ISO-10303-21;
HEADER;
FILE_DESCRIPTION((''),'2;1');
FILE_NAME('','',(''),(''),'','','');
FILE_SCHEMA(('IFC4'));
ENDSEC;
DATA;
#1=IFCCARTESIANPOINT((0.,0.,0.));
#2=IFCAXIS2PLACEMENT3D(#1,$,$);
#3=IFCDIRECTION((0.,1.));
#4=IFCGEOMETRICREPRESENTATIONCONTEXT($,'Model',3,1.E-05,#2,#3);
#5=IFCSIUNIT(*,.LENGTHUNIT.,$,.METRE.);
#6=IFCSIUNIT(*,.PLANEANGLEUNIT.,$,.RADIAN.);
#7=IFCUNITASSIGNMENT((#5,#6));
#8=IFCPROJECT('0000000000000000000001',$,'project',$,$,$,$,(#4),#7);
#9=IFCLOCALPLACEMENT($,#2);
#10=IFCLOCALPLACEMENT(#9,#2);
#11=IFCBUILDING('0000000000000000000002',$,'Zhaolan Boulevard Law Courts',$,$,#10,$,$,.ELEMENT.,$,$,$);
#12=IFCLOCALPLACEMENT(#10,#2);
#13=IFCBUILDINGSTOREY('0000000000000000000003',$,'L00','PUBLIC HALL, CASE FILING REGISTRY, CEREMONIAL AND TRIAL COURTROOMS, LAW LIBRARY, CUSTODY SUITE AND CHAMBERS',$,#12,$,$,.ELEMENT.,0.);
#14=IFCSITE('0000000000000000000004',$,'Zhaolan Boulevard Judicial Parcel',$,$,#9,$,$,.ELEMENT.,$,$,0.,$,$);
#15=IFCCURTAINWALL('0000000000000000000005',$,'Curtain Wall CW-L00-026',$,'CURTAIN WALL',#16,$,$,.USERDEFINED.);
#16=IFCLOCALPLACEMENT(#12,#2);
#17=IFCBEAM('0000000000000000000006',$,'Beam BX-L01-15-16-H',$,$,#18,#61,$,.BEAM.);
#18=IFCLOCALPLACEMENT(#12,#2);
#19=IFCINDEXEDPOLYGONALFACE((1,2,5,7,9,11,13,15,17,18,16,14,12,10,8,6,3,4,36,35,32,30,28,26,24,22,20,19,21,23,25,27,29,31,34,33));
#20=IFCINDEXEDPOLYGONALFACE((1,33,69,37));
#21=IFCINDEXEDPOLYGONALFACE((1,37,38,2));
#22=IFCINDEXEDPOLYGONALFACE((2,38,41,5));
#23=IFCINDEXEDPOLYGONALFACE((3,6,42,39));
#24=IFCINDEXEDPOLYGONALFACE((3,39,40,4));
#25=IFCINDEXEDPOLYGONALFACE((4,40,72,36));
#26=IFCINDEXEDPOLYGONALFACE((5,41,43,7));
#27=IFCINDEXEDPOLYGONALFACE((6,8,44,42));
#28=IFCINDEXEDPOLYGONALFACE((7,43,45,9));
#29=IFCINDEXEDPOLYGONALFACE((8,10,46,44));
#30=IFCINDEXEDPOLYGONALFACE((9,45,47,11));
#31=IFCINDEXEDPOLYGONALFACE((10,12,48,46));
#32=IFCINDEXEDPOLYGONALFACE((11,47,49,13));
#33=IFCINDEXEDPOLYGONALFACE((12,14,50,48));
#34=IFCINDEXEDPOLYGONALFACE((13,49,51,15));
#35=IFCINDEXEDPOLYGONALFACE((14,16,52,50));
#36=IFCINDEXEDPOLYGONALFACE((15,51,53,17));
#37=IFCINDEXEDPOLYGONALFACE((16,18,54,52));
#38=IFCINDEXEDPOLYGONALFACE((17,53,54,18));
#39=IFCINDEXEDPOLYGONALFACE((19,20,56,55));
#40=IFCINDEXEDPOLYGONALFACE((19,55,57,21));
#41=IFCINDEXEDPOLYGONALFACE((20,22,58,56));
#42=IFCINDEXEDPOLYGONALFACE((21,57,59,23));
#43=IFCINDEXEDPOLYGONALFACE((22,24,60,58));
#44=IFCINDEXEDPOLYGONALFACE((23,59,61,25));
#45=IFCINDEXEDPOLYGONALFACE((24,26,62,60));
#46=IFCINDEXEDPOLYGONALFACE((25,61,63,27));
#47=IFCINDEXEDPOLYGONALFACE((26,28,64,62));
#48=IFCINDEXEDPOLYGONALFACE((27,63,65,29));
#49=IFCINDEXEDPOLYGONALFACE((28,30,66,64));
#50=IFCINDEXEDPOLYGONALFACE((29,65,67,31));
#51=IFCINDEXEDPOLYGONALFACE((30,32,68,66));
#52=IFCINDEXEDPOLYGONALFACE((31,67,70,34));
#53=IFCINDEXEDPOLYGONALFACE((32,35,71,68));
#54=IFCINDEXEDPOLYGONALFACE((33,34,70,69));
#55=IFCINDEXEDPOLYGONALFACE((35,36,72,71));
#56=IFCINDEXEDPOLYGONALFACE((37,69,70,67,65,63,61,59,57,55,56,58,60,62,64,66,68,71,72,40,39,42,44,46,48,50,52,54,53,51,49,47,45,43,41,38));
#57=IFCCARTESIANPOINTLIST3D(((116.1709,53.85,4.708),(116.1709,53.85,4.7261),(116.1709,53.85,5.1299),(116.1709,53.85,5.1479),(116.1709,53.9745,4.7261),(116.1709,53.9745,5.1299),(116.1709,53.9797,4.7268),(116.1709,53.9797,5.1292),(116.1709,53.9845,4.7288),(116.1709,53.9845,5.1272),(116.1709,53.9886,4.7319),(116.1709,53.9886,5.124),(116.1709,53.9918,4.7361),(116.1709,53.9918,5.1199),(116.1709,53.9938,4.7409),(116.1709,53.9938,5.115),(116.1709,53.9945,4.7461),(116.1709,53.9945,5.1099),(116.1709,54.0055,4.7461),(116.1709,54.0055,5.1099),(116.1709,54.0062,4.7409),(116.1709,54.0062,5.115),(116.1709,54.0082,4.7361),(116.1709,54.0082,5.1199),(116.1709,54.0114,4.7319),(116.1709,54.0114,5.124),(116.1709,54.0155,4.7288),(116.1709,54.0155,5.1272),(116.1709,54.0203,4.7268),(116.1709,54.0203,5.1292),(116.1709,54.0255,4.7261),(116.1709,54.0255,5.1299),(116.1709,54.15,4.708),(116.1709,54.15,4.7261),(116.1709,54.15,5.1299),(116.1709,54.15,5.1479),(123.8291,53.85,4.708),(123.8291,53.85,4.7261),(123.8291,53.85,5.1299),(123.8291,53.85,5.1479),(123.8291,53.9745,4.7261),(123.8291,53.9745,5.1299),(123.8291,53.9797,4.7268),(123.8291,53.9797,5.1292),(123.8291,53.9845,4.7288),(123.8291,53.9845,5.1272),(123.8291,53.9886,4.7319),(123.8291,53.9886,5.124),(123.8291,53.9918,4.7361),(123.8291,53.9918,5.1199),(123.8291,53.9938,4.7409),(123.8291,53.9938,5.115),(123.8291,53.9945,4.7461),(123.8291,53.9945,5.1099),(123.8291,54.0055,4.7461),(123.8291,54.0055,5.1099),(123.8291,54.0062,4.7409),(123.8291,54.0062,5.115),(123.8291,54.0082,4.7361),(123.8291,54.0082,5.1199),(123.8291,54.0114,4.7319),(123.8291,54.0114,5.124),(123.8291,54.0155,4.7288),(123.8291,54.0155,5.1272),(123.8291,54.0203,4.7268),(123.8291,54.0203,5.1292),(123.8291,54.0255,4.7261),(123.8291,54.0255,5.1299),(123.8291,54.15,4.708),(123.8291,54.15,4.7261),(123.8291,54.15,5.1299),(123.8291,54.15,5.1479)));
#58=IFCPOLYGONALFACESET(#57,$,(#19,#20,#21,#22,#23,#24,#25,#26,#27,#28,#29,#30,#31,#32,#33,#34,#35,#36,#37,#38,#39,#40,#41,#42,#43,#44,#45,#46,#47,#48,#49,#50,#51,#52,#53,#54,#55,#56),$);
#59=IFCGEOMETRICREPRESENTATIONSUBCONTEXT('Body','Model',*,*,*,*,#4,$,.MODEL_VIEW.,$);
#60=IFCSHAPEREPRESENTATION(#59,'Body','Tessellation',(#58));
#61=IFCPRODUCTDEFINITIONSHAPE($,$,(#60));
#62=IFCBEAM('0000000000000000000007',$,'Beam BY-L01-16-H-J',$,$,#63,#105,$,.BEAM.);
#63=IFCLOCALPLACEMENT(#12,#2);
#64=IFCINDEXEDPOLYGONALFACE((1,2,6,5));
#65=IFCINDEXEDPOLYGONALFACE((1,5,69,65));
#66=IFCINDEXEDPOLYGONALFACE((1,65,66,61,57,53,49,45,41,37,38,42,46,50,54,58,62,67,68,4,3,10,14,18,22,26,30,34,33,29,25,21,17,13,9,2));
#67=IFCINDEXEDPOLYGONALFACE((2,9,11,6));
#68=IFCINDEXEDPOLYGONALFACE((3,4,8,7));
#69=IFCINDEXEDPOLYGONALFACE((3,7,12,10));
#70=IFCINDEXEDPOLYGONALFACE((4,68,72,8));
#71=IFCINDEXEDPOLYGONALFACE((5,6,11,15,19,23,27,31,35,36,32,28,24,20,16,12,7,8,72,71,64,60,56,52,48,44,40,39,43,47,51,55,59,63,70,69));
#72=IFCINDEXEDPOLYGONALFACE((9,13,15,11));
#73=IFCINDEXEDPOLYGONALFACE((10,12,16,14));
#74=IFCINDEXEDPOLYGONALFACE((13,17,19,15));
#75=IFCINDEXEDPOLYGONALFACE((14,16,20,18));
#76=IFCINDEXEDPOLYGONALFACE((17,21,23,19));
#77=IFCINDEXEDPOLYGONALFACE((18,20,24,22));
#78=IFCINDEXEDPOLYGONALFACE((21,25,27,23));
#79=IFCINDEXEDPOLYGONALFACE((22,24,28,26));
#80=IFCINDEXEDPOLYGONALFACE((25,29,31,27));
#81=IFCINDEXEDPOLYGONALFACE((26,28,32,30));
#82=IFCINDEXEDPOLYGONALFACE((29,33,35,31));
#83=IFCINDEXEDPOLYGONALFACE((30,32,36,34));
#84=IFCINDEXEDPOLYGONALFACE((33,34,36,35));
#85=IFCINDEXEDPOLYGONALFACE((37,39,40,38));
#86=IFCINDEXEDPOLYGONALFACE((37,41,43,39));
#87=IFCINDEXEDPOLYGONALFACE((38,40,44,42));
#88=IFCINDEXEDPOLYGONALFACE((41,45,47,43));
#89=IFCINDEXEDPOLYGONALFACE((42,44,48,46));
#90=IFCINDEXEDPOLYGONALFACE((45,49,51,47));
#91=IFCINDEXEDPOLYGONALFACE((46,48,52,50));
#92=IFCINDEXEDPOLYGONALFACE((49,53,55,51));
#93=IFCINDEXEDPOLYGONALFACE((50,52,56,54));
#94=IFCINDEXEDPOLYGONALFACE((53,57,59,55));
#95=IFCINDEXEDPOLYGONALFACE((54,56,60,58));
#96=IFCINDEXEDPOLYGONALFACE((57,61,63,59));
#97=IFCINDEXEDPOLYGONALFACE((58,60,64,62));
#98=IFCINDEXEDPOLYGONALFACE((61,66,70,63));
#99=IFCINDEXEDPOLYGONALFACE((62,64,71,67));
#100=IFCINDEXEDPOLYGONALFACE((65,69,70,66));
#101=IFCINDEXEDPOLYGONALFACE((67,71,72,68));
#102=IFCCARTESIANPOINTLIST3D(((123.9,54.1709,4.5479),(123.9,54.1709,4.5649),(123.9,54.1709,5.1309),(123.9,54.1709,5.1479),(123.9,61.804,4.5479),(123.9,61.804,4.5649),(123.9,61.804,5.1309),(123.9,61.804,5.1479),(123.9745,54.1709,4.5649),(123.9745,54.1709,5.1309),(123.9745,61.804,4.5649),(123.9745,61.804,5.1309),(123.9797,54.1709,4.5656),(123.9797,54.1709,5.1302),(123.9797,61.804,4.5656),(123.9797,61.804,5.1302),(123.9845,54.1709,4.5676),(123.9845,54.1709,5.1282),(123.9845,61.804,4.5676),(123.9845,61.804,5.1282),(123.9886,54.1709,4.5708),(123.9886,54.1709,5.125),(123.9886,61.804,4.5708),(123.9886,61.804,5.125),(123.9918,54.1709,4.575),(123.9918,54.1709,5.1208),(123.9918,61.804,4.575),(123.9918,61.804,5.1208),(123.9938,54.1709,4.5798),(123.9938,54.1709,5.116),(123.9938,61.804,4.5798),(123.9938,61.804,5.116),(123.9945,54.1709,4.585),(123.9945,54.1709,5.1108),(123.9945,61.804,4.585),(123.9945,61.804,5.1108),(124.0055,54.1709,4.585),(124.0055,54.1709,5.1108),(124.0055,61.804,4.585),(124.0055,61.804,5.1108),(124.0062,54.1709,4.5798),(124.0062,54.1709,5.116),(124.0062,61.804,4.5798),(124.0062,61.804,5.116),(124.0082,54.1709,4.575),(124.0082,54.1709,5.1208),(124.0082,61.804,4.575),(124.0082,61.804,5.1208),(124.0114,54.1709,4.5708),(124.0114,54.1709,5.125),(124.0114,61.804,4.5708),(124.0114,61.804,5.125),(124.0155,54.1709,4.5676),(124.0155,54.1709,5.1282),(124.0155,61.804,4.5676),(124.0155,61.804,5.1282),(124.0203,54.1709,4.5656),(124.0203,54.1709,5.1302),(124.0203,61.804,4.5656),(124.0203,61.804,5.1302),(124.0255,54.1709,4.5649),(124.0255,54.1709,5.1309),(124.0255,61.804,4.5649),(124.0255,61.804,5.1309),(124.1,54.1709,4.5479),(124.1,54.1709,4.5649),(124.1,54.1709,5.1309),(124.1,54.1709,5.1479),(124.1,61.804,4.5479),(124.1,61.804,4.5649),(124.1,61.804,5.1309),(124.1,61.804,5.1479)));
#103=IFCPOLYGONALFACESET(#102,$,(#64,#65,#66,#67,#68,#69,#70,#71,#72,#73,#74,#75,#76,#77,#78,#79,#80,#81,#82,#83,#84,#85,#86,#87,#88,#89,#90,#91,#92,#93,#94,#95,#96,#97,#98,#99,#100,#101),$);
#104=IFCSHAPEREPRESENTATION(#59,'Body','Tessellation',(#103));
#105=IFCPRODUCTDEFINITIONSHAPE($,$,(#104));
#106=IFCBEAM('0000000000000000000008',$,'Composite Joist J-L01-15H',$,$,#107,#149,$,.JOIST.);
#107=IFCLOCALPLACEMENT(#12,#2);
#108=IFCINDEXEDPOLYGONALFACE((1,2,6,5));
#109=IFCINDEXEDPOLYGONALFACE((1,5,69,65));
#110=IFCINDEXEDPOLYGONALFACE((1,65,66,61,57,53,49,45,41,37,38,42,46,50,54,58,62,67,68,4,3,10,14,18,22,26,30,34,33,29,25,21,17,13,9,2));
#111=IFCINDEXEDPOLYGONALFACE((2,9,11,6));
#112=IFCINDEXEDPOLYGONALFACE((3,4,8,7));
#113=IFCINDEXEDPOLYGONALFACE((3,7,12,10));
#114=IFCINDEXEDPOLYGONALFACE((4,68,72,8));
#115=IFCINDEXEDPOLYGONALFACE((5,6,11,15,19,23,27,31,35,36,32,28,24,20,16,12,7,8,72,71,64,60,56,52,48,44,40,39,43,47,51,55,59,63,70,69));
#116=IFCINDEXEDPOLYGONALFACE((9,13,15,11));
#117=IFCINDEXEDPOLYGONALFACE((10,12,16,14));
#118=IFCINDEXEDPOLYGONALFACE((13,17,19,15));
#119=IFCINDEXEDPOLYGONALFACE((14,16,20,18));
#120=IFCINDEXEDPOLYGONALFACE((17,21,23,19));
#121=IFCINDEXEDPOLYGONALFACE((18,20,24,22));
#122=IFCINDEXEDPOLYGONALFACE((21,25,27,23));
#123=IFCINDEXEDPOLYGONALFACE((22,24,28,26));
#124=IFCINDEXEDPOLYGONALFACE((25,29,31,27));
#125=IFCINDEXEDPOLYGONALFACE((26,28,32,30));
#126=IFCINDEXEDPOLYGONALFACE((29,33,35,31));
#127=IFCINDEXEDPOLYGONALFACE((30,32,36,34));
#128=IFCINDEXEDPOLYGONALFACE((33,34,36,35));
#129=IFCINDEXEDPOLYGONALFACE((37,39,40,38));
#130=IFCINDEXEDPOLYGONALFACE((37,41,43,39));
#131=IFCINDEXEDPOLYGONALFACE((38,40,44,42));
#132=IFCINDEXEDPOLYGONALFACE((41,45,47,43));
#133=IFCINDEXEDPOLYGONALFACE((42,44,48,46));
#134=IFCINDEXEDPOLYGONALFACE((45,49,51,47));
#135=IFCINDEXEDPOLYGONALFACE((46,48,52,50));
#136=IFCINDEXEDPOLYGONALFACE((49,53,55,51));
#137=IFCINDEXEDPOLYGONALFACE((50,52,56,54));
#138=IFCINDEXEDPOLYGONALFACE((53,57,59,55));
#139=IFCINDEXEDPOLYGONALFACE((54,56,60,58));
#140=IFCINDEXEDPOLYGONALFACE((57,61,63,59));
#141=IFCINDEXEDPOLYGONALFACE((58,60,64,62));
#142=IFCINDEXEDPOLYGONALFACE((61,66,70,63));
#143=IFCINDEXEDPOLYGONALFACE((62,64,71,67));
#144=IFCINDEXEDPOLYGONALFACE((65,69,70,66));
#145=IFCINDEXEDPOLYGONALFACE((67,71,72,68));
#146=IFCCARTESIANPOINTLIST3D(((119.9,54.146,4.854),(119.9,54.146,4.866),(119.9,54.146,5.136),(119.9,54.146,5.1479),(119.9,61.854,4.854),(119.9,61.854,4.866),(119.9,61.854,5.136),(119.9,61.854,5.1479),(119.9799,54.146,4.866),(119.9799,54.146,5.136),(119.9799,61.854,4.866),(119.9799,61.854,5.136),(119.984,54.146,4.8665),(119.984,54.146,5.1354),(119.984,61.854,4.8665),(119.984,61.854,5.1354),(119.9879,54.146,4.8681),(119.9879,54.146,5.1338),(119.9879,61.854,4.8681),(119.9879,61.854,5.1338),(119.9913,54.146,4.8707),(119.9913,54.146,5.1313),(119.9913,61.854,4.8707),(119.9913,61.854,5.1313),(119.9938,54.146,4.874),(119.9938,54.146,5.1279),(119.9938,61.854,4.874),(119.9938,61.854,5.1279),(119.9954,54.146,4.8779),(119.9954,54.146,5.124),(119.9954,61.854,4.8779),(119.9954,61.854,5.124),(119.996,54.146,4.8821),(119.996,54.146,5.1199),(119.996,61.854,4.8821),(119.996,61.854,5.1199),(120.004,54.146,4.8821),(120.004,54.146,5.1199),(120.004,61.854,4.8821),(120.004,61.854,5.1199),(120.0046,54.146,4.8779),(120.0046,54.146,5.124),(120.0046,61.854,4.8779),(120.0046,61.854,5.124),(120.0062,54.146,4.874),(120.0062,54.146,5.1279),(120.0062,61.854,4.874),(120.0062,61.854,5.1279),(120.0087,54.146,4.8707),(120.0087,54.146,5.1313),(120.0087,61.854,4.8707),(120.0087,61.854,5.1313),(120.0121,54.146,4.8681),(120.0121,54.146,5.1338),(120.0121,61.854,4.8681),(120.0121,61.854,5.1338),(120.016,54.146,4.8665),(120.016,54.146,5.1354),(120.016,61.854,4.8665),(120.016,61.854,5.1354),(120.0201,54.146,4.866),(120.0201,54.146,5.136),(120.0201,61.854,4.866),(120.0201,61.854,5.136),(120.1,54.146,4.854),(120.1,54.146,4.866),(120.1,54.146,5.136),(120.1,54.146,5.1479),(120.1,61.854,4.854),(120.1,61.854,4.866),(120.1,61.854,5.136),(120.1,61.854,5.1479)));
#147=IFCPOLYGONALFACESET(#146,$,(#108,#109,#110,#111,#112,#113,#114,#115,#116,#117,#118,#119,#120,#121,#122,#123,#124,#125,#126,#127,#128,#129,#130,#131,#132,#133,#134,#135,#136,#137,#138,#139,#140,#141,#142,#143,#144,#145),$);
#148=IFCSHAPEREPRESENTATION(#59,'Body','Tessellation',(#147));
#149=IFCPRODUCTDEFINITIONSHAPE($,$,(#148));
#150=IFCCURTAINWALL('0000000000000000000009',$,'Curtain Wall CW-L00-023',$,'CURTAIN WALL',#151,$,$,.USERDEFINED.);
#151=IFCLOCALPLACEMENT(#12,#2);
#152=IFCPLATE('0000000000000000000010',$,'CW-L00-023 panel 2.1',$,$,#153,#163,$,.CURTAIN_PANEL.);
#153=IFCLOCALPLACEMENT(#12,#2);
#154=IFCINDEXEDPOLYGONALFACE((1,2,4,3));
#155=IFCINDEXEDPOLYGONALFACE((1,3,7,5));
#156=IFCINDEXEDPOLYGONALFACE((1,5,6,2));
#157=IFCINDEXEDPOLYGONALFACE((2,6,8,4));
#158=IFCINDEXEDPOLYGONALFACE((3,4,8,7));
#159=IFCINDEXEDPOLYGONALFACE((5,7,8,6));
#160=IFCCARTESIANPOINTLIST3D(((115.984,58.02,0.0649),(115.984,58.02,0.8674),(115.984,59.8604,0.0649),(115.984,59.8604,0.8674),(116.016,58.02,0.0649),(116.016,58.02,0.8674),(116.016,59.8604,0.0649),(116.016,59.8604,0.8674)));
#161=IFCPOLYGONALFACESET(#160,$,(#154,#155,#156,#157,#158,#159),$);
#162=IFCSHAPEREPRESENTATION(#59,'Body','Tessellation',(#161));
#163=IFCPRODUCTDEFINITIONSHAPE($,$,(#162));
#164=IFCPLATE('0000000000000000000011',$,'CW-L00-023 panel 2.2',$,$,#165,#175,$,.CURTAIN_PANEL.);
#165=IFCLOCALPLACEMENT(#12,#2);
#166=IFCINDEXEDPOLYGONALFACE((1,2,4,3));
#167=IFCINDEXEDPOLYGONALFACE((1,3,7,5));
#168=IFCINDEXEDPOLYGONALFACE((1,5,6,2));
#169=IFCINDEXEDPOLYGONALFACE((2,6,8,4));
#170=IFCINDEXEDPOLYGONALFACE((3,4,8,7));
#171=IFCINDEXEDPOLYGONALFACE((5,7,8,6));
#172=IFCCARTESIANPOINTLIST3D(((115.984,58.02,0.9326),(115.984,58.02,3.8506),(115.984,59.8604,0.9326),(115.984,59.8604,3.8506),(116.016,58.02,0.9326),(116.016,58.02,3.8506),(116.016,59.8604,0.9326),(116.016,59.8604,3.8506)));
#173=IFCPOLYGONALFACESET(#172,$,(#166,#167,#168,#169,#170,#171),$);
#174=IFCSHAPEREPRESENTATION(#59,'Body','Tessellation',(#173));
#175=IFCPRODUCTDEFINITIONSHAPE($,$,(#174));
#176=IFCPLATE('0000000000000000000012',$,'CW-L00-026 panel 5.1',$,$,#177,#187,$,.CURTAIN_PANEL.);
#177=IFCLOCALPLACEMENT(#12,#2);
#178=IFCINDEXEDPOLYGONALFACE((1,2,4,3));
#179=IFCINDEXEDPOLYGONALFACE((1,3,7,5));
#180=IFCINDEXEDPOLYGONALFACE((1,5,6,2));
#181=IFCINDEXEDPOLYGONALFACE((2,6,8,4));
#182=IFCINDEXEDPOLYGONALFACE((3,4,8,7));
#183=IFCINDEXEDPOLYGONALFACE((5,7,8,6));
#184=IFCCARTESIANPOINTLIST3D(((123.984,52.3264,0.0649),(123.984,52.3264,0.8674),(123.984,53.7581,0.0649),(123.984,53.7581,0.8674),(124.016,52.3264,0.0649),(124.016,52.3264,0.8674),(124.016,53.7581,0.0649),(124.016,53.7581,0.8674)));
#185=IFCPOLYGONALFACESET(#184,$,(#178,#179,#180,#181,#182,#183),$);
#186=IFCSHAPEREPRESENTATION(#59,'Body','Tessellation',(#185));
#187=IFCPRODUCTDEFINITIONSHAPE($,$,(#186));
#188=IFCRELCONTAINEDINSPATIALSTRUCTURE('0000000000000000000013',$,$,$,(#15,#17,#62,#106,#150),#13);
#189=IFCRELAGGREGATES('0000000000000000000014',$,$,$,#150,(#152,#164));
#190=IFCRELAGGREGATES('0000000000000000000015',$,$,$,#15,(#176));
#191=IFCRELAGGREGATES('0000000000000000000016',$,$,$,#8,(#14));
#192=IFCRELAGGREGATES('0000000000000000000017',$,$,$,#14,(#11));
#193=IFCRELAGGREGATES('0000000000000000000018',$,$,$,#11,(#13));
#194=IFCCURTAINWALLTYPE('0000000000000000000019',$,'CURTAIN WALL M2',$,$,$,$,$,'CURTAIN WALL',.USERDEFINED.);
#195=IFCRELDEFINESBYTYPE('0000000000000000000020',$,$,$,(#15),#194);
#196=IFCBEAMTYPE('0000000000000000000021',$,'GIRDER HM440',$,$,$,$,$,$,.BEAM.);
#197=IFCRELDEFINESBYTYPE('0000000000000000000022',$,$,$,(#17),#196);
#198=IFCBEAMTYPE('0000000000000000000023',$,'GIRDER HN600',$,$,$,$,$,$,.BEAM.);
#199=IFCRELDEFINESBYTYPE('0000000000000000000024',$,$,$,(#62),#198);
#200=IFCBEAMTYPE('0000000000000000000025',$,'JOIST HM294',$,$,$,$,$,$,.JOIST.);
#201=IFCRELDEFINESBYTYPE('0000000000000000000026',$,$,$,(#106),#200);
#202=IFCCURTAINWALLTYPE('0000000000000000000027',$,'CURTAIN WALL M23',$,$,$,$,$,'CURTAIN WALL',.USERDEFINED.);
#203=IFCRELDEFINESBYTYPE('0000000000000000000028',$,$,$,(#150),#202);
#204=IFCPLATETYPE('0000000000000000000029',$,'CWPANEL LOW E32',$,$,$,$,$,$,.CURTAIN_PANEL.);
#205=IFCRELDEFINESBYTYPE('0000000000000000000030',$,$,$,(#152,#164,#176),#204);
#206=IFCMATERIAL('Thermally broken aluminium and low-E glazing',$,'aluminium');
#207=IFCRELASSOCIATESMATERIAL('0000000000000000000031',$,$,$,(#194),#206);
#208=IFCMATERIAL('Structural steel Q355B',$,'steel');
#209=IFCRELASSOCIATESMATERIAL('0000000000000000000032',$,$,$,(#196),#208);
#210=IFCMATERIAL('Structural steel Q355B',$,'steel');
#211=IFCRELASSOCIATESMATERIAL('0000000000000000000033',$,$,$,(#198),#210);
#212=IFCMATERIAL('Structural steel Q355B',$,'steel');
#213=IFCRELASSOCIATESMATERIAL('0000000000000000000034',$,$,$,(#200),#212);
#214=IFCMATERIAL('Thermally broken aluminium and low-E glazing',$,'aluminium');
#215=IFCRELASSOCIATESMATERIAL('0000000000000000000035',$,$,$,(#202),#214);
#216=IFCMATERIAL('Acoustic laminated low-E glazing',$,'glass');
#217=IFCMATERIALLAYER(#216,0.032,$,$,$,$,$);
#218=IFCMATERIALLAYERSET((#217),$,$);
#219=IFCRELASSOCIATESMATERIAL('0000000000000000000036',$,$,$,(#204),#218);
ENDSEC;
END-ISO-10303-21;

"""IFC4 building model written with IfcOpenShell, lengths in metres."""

from ifc_helpers import new_model, si_unit, direction, frame, origin, origin_2d, place, context, subcontext, project, spatial, rectangle, i_section, extrude, material, layer, layer_set, material_profile, profile_set, type_object, element, aggregate, save


model = new_model("IFC4")

# Units and contexts
model_context = context("Model", 3, precision=1e-05, world=origin(), true_north=direction((0.0, 1.0)))
body_context = subcontext(model_context, "Body", "Model", "MODEL_VIEW")
ifc_project = project(units=[si_unit("LENGTHUNIT", "METRE"), si_unit("PLANEANGLEUNIT", "RADIAN")], contexts=[model_context])

# Site, building, storey
site_placement = place(None, origin())
site = spatial("IfcSite", under=ifc_project, at=site_placement, Name="Zhaolan Boulevard Judicial Parcel", CompositionType="ELEMENT", RefElevation=0.0)
building_placement = place(site_placement, origin())
building = spatial("IfcBuilding", under=site, at=building_placement, Name="Zhaolan Boulevard Law Courts", CompositionType="ELEMENT")
storey_placement = place(building_placement, origin())
storey = spatial("IfcBuildingStorey", under=building, at=storey_placement, Name="L00", Description="PUBLIC HALL, CASE FILING REGISTRY, CEREMONIAL AND TRIAL COURTROOMS, LAW LIBRARY, CUSTODY SUITE AND CHAMBERS", CompositionType="ELEMENT", Elevation=0.0)

# Curtain wall
ifc_material_1 = material(Name="Thermally broken aluminium and low-E glazing", Category="aluminium")
curtain_wall_type_1 = type_object("IfcCurtainWallType", Name="CURTAIN WALL M2", ElementType="CURTAIN WALL", PredefinedType="USERDEFINED", material=ifc_material_1)
curtain_wall_1_placement = place(storey_placement, origin())
curtain_wall_1 = element("IfcCurtainWall", 1, at=curtain_wall_1_placement, inside=storey, type_object=curtain_wall_type_1, Name="Curtain Wall CW-L00-026", ObjectType="CURTAIN WALL", PredefinedType="USERDEFINED")

# Beams
ifc_material_2 = material(Name="Structural steel Q355B", Category="steel")
ifc_material_profile_1 = material_profile(ifc_material_2, i_section(OverallWidth=0.3, OverallDepth=0.4399, WebThickness=0.011, FlangeThickness=0.0181, FilletRadius=0.02, at=origin_2d()), Name="HM440x300")
ifc_profile_set_1 = profile_set([ifc_material_profile_1], Name="Structural steel Q355B")
beam_type_1 = type_object("IfcBeamType", Name="GIRDER HM440", PredefinedType="BEAM", material=ifc_profile_set_1)
beam_1_placement = place(storey_placement, frame((116.1709, 54.0, 4.928), z_axis=(1.0, 0.0, 0.0), x_axis=(0.0, 1.0, 0.0)))
element("IfcBeam", 2, at=beam_1_placement, inside=storey, type_object=beam_type_1, Name="Beam BX-L01-15-16-H", PredefinedType="BEAM", context=body_context, shape_type="SweptSolid", body=[
    extrude(i_section(OverallWidth=0.3, OverallDepth=0.4399, WebThickness=0.011, FlangeThickness=0.0181, FilletRadius=0.02, at=origin_2d()), origin(), (0.0, 0.0, 1.0), 7.6582),
])
ifc_material_3 = material(Name="Structural steel Q355B", Category="steel")
ifc_material_profile_2 = material_profile(ifc_material_3, i_section(OverallWidth=0.2, OverallDepth=0.6001, WebThickness=0.011, FlangeThickness=0.0171, FilletRadius=0.02, at=origin_2d()), Name="HN600x200")
ifc_profile_set_2 = profile_set([ifc_material_profile_2], Name="Structural steel Q355B")
beam_type_2 = type_object("IfcBeamType", Name="GIRDER HN600", PredefinedType="BEAM", material=ifc_profile_set_2)
beam_2_placement = place(storey_placement, frame((124.0, 54.1709, 4.8479), z_axis=(0.0, 1.0, 0.0), x_axis=(-1.0, 0.0, 0.0)))
element("IfcBeam", 3, at=beam_2_placement, inside=storey, type_object=beam_type_2, Name="Beam BY-L01-16-H-J", PredefinedType="BEAM", context=body_context, shape_type="SweptSolid", body=[
    extrude(i_section(OverallWidth=0.2, OverallDepth=0.6001, WebThickness=0.011, FlangeThickness=0.0171, FilletRadius=0.02, at=origin_2d()), origin(), (0.0, 0.0, 1.0), 7.6331),
])
ifc_material_4 = material(Name="Structural steel Q355B", Category="steel")
ifc_material_profile_3 = material_profile(ifc_material_4, i_section(OverallWidth=0.2, OverallDepth=0.2939, WebThickness=0.0081, FlangeThickness=0.012, FilletRadius=0.0161, at=origin_2d()), Name="HM294x200")
ifc_profile_set_3 = profile_set([ifc_material_profile_3], Name="Structural steel Q355B")
beam_type_3 = type_object("IfcBeamType", Name="JOIST HM294", PredefinedType="JOIST", material=ifc_profile_set_3)
beam_3_placement = place(storey_placement, frame((120.0, 54.146, 5.001), z_axis=(0.0, 1.0, 0.0), x_axis=(-1.0, 0.0, 0.0)))
element("IfcBeam", 4, at=beam_3_placement, inside=storey, type_object=beam_type_3, Name="Composite Joist J-L01-15H", PredefinedType="JOIST", context=body_context, shape_type="SweptSolid", body=[
    extrude(i_section(OverallWidth=0.2, OverallDepth=0.2939, WebThickness=0.0081, FlangeThickness=0.012, FilletRadius=0.0161, at=origin_2d()), origin(), (0.0, 0.0, 1.0), 7.708),
])

# Curtain wall, plates
ifc_material_5 = material(Name="Thermally broken aluminium and low-E glazing", Category="aluminium")
curtain_wall_type_2 = type_object("IfcCurtainWallType", Name="CURTAIN WALL M23", ElementType="CURTAIN WALL", PredefinedType="USERDEFINED", material=ifc_material_5)
curtain_wall_2_placement = place(storey_placement, origin())
curtain_wall_2 = element("IfcCurtainWall", 5, at=curtain_wall_2_placement, inside=storey, type_object=curtain_wall_type_2, Name="Curtain Wall CW-L00-023", ObjectType="CURTAIN WALL", PredefinedType="USERDEFINED")
ifc_material_6 = material(Name="Acoustic laminated low-E glazing", Category="glass")
ifc_layer = layer(ifc_material_6, 0.032)
ifc_layer_set = layer_set([ifc_layer])
plate_type = type_object("IfcPlateType", Name="CWPANEL LOW E32", PredefinedType="CURTAIN_PANEL", material=ifc_layer_set)
plate_1_placement = place(storey_placement, frame((116.0, 58.9402, 0.0649), z_axis=(0.0, 0.0, 1.0), x_axis=(0.0, -1.0, 0.0)))
plate_1 = element("IfcPlate", 6, at=plate_1_placement, type_object=plate_type, Name="CW-L00-023 panel 2.1", PredefinedType="CURTAIN_PANEL", context=body_context, shape_type="SweptSolid", body=[
    extrude(rectangle(XDim=1.8403, YDim=0.032, at=origin_2d()), origin(), (0.0, 0.0, 1.0), 0.8025),
])
plate_2_placement = place(storey_placement, frame((116.0, 58.9402, 0.9326), z_axis=(0.0, 0.0, 1.0), x_axis=(0.0, -1.0, 0.0)))
plate_2 = element("IfcPlate", 7, at=plate_2_placement, type_object=plate_type, Name="CW-L00-023 panel 2.2", PredefinedType="CURTAIN_PANEL", context=body_context, shape_type="SweptSolid", body=[
    extrude(rectangle(XDim=1.8403, YDim=0.032, at=origin_2d()), origin(), (0.0, 0.0, 1.0), 2.918),
])
aggregate(curtain_wall_2, [plate_1, plate_2])

# Plate
plate_3_placement = place(storey_placement, frame((124.0, 53.0422, 0.0649), z_axis=(0.0, 0.0, 1.0), x_axis=(0.0, 1.0, 0.0)))
plate_3 = element("IfcPlate", 8, at=plate_3_placement, type_object=plate_type, Name="CW-L00-026 panel 5.1", PredefinedType="CURTAIN_PANEL", context=body_context, shape_type="SweptSolid", body=[
    extrude(rectangle(XDim=1.4316, YDim=0.032, at=origin_2d()), origin(), (0.0, 0.0, 1.0), 0.8025),
])
aggregate(curtain_wall_1, [plate_3])

save(model, "model.ifc")
